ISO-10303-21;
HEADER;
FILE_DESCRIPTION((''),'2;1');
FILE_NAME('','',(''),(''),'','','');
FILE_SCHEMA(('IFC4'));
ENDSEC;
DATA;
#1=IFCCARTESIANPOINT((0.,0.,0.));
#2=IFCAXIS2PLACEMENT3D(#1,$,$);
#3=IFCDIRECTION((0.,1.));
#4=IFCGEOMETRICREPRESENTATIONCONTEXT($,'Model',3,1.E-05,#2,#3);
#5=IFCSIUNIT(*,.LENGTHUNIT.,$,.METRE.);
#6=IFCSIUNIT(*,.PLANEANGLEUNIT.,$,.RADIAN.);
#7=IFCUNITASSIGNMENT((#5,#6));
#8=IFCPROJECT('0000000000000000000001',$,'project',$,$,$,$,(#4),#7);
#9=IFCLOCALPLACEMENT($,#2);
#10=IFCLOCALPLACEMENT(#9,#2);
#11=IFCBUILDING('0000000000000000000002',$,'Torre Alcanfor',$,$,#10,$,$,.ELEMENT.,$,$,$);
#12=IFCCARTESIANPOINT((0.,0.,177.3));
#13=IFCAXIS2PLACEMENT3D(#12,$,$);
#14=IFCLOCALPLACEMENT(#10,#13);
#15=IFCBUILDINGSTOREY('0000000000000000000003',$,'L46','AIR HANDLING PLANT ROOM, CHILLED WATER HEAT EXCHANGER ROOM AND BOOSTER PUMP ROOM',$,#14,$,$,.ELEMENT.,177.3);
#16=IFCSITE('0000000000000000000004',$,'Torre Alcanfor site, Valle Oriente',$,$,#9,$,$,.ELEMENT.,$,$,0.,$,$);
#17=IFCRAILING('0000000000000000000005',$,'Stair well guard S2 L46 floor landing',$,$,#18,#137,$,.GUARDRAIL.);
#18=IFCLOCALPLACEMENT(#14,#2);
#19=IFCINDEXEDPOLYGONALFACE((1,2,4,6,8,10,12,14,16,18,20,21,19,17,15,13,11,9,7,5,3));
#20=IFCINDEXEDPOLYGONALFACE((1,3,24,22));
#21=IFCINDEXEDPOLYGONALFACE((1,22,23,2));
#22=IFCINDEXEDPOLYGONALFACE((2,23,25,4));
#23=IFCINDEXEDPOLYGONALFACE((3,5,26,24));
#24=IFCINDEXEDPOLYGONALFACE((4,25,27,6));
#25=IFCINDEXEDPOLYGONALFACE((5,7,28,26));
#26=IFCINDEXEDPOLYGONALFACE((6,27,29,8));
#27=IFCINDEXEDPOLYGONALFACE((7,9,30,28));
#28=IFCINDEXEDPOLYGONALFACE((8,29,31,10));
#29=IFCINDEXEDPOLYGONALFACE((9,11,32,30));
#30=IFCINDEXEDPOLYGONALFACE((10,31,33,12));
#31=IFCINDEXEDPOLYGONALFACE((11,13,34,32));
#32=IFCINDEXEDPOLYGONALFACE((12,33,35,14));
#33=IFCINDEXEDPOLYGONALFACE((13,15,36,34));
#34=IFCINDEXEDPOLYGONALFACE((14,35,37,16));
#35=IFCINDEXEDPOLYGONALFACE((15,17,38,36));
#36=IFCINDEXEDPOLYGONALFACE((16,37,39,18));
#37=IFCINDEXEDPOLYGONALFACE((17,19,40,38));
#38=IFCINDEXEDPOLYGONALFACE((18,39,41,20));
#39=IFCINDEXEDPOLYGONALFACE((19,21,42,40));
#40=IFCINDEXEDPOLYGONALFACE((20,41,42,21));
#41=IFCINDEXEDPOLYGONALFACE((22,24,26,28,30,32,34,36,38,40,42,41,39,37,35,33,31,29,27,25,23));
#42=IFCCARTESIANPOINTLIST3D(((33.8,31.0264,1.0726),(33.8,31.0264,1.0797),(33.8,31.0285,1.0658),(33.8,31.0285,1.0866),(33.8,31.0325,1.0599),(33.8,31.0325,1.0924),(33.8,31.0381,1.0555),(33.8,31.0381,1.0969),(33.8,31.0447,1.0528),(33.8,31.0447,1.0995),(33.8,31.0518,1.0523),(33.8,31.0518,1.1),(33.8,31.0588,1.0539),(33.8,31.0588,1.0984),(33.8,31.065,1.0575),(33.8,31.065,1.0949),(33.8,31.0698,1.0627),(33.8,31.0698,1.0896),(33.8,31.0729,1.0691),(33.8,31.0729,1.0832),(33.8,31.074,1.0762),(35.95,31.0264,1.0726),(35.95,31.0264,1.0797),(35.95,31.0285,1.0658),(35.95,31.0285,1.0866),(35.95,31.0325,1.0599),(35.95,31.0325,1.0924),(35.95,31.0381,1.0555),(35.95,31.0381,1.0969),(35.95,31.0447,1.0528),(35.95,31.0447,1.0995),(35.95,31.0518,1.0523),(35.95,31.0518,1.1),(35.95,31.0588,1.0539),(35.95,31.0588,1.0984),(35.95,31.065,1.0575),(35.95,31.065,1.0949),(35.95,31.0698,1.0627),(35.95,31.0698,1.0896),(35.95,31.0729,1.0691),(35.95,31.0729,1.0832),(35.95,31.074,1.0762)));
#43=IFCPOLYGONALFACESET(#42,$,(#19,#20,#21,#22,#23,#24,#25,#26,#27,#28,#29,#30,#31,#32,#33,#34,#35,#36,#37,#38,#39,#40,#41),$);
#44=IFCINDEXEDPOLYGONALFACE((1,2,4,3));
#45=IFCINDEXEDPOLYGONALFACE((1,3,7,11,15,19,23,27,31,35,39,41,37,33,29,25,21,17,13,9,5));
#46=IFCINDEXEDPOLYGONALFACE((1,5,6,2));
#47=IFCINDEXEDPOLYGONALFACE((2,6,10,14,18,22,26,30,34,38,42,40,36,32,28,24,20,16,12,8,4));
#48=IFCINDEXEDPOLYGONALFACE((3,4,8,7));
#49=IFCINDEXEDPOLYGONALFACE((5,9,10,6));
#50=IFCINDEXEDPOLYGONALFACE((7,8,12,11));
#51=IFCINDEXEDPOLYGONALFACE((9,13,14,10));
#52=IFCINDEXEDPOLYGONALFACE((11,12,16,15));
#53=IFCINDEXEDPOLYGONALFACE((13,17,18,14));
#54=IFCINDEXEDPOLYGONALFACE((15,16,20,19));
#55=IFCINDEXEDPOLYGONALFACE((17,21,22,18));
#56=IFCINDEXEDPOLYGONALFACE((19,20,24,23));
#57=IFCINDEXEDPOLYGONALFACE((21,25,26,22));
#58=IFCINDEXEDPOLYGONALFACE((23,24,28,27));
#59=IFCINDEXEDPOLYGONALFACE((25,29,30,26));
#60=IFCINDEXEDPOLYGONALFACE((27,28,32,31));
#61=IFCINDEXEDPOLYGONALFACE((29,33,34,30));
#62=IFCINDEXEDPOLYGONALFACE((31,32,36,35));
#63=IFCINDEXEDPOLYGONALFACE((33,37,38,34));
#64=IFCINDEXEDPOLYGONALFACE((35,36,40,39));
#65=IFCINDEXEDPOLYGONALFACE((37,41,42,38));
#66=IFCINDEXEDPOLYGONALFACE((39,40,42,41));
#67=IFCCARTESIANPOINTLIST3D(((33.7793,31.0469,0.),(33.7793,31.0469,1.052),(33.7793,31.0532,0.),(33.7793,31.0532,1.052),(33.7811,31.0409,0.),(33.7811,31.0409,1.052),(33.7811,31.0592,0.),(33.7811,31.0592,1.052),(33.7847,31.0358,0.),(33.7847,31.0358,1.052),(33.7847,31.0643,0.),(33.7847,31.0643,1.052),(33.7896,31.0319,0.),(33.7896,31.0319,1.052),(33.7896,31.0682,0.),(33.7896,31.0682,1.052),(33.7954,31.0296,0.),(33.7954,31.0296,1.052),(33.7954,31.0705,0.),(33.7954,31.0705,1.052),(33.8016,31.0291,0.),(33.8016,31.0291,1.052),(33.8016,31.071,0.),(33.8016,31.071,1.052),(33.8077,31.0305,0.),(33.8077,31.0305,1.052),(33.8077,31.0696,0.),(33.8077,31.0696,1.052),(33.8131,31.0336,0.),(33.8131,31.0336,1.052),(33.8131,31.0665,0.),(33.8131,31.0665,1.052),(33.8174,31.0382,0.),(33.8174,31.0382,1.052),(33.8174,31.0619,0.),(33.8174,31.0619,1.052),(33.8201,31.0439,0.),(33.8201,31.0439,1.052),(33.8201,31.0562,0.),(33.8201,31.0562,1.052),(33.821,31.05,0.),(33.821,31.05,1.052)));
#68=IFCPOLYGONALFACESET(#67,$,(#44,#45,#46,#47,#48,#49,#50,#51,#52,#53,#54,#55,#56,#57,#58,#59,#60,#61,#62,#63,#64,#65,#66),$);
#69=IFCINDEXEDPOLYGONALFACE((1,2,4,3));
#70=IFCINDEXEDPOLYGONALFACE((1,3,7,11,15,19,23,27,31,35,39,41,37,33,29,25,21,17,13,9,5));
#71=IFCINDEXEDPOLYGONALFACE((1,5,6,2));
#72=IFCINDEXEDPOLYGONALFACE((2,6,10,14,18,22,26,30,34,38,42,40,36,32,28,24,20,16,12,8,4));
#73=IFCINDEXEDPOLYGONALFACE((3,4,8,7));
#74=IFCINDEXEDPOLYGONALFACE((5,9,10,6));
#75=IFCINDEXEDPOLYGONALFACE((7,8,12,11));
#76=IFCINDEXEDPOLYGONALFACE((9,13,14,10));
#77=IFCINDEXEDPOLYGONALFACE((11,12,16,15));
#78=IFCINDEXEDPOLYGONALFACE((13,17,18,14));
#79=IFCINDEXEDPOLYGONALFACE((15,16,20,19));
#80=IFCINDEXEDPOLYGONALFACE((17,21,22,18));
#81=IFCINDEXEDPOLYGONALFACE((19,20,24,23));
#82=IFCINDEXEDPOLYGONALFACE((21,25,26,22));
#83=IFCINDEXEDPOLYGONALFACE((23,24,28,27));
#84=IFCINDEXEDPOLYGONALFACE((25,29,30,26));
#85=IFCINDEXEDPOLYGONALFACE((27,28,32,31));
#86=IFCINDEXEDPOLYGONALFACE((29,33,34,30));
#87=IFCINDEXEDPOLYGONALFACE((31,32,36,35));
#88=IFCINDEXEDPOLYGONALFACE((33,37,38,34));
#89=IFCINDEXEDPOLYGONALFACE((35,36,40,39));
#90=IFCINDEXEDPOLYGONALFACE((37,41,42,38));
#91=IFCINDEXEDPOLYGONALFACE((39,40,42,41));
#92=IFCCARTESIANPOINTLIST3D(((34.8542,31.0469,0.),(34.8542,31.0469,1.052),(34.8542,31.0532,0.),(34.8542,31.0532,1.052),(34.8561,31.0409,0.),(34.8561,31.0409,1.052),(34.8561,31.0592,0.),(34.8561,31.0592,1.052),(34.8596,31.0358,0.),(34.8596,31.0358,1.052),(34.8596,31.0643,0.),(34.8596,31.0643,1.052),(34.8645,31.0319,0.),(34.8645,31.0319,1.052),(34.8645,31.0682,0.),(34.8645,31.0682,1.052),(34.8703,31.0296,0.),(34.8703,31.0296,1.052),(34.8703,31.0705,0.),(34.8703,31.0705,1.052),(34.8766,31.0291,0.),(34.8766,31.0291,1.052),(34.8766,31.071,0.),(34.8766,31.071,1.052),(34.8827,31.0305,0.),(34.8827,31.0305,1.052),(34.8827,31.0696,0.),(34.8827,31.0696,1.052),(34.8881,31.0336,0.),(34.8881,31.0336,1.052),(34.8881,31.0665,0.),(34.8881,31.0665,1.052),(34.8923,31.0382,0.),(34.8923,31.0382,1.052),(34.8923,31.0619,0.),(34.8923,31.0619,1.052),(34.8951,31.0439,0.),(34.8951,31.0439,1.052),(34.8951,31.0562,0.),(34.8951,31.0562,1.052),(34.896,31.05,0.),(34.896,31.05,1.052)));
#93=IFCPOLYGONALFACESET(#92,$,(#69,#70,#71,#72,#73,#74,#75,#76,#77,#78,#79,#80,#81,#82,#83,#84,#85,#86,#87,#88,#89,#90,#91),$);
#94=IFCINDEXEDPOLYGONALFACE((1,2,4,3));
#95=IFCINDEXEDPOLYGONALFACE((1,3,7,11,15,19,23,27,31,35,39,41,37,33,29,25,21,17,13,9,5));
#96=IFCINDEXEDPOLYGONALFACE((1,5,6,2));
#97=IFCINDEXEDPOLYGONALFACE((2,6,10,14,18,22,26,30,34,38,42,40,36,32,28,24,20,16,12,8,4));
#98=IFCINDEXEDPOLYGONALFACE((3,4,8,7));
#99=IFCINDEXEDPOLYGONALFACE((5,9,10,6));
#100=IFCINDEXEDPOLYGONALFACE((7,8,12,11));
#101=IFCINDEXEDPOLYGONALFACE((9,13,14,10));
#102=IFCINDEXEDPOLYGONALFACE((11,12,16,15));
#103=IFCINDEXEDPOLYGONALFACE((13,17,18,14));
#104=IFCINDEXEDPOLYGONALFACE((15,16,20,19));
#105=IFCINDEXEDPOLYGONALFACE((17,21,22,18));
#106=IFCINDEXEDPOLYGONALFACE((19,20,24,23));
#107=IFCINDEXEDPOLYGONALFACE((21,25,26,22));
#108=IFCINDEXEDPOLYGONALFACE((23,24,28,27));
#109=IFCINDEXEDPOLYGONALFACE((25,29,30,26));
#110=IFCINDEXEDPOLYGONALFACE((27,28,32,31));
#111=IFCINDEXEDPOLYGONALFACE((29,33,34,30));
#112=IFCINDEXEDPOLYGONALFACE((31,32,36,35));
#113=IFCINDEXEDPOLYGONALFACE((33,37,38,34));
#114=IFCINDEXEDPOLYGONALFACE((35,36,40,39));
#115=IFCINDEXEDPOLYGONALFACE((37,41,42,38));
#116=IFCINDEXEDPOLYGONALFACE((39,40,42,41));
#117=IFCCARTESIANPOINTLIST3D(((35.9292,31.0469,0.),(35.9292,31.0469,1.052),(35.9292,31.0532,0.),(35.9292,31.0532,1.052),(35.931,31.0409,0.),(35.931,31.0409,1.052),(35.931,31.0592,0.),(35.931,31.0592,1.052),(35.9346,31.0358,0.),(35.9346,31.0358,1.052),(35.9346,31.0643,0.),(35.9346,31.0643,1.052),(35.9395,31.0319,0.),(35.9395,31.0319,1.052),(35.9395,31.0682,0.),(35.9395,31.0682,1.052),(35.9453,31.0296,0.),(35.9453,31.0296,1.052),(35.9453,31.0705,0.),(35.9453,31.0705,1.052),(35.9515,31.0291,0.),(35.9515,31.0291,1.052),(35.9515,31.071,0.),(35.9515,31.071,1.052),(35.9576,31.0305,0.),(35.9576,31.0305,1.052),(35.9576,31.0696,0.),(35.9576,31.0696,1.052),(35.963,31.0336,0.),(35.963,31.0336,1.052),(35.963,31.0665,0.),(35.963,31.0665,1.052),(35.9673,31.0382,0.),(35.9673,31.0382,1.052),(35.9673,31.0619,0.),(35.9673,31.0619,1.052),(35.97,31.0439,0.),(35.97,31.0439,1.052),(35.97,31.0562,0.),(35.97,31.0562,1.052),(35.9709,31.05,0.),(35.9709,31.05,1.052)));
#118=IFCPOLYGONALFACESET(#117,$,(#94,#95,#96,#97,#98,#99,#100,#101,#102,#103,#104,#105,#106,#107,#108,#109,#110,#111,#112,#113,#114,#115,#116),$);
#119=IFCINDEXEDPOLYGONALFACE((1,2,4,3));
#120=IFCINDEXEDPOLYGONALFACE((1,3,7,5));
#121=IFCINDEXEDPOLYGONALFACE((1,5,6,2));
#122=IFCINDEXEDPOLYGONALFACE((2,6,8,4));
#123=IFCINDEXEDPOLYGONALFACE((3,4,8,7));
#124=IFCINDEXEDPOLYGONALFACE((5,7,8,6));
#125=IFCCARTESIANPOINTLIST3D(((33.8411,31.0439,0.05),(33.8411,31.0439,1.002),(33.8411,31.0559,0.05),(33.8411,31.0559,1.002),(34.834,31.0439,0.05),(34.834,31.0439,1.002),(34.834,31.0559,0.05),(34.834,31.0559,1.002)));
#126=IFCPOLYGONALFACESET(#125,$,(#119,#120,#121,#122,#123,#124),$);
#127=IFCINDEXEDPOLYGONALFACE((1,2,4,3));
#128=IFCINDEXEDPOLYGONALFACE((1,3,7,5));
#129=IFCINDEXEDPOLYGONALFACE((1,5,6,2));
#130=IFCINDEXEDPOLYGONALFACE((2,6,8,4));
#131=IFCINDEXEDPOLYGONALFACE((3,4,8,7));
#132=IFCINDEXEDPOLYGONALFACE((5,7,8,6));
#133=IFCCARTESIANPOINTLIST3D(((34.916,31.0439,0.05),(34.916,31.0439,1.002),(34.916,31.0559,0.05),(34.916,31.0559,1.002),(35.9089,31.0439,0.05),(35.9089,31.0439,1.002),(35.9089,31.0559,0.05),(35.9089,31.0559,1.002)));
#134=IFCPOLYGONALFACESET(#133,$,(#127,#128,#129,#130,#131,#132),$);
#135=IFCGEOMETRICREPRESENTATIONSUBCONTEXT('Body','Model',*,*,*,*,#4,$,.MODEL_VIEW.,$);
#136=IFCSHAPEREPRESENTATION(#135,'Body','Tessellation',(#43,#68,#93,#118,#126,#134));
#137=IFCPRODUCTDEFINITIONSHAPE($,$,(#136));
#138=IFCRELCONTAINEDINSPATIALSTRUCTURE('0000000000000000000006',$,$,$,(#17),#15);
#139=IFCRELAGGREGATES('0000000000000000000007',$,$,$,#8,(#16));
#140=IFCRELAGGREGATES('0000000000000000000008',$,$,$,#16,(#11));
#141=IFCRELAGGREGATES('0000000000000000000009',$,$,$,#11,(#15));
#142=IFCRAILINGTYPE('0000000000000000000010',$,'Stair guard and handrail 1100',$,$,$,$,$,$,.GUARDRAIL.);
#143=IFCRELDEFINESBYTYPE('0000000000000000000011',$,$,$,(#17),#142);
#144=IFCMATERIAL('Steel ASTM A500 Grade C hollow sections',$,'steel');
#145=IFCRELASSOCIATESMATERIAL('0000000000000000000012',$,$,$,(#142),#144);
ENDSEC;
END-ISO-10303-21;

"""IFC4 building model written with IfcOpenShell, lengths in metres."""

from ifc_helpers import new_model, si_unit, direction, frame, origin, origin_2d, place, context, subcontext, project, spatial, polyline, circle, outline, extrude, material, type_object, element, save


model = new_model("IFC4")

# Units and contexts
model_context = context("Model", 3, precision=1e-05, world=origin(), true_north=direction((0.0, 1.0)))
body_context = subcontext(model_context, "Body", "Model", "MODEL_VIEW")
ifc_project = project(units=[si_unit("LENGTHUNIT", "METRE"), si_unit("PLANEANGLEUNIT", "RADIAN")], contexts=[model_context])

# Site, building, storey
site_placement = place(None, origin())
site = spatial("IfcSite", under=ifc_project, at=site_placement, Name="Torre Alcanfor site, Valle Oriente", CompositionType="ELEMENT", RefElevation=0.0)
building_placement = place(site_placement, origin())
building = spatial("IfcBuilding", under=site, at=building_placement, Name="Torre Alcanfor", CompositionType="ELEMENT")
storey_placement = place(building_placement, frame((0.0, 0.0, 177.3)))
storey = spatial("IfcBuildingStorey", under=building, at=storey_placement, Name="L46", Description="AIR HANDLING PLANT ROOM, CHILLED WATER HEAT EXCHANGER ROOM AND BOOSTER PUMP ROOM", CompositionType="ELEMENT", Elevation=177.3)

# Railing
ifc_material_1 = material(Name="Steel ASTM A500 Grade C hollow sections", Category="steel")
railing_type_1 = type_object("IfcRailingType", Name="Stair guard and handrail 1100", PredefinedType="GUARDRAIL", material=ifc_material_1)
for number, where, name in (
    (1, (33.8, 31.05, 0.0), "Stair well guard S2 L46 floor landing"),
):
    element("IfcRailing", number, at=place(storey_placement, frame(where)), inside=storey, type_object=railing_type_1, Name=name, PredefinedType="GUARDRAIL", context=body_context, shape_type="SweptSolid", body=[
        extrude(circle(Radius=0.0239, at=origin_2d()), frame((0.0, 0.0, 1.0762), z_axis=(1.0, 0.0, 0.0), x_axis=(0.0, 1.0, 0.0)), (0.0, 0.0, 1.0), 2.1499),
        extrude(circle(Radius=0.021, at=origin_2d()), origin(), (0.0, 0.0, 1.0), 1.052),
        extrude(circle(Radius=0.021, at=origin_2d()), frame((1.075, 0.0, 0.0)), (0.0, 0.0, 1.0), 1.052),
        extrude(circle(Radius=0.021, at=origin_2d()), frame((2.1499, 0.0, 0.0)), (0.0, 0.0, 1.0), 1.052),
        extrude(outline(polyline([(0.041, 0.05), (1.0339, 0.05), (1.0339, 1.002), (0.041, 1.002), (0.041, 0.05)])), frame((0.0, 0.0059, 0.0), z_axis=(0.0, -1.0, 0.0), x_axis=(1.0, 0.0, 0.0)), (0.0, 0.0, 1.0), 0.012),
        extrude(outline(polyline([(1.116, 0.05), (2.1089, 0.05), (2.1089, 1.002), (1.116, 1.002), (1.116, 0.05)])), frame((0.0, 0.0059, 0.0), z_axis=(0.0, -1.0, 0.0), x_axis=(1.0, 0.0, 0.0)), (0.0, 0.0, 1.0), 0.012),
    ])

save(model, "model.ifc")
